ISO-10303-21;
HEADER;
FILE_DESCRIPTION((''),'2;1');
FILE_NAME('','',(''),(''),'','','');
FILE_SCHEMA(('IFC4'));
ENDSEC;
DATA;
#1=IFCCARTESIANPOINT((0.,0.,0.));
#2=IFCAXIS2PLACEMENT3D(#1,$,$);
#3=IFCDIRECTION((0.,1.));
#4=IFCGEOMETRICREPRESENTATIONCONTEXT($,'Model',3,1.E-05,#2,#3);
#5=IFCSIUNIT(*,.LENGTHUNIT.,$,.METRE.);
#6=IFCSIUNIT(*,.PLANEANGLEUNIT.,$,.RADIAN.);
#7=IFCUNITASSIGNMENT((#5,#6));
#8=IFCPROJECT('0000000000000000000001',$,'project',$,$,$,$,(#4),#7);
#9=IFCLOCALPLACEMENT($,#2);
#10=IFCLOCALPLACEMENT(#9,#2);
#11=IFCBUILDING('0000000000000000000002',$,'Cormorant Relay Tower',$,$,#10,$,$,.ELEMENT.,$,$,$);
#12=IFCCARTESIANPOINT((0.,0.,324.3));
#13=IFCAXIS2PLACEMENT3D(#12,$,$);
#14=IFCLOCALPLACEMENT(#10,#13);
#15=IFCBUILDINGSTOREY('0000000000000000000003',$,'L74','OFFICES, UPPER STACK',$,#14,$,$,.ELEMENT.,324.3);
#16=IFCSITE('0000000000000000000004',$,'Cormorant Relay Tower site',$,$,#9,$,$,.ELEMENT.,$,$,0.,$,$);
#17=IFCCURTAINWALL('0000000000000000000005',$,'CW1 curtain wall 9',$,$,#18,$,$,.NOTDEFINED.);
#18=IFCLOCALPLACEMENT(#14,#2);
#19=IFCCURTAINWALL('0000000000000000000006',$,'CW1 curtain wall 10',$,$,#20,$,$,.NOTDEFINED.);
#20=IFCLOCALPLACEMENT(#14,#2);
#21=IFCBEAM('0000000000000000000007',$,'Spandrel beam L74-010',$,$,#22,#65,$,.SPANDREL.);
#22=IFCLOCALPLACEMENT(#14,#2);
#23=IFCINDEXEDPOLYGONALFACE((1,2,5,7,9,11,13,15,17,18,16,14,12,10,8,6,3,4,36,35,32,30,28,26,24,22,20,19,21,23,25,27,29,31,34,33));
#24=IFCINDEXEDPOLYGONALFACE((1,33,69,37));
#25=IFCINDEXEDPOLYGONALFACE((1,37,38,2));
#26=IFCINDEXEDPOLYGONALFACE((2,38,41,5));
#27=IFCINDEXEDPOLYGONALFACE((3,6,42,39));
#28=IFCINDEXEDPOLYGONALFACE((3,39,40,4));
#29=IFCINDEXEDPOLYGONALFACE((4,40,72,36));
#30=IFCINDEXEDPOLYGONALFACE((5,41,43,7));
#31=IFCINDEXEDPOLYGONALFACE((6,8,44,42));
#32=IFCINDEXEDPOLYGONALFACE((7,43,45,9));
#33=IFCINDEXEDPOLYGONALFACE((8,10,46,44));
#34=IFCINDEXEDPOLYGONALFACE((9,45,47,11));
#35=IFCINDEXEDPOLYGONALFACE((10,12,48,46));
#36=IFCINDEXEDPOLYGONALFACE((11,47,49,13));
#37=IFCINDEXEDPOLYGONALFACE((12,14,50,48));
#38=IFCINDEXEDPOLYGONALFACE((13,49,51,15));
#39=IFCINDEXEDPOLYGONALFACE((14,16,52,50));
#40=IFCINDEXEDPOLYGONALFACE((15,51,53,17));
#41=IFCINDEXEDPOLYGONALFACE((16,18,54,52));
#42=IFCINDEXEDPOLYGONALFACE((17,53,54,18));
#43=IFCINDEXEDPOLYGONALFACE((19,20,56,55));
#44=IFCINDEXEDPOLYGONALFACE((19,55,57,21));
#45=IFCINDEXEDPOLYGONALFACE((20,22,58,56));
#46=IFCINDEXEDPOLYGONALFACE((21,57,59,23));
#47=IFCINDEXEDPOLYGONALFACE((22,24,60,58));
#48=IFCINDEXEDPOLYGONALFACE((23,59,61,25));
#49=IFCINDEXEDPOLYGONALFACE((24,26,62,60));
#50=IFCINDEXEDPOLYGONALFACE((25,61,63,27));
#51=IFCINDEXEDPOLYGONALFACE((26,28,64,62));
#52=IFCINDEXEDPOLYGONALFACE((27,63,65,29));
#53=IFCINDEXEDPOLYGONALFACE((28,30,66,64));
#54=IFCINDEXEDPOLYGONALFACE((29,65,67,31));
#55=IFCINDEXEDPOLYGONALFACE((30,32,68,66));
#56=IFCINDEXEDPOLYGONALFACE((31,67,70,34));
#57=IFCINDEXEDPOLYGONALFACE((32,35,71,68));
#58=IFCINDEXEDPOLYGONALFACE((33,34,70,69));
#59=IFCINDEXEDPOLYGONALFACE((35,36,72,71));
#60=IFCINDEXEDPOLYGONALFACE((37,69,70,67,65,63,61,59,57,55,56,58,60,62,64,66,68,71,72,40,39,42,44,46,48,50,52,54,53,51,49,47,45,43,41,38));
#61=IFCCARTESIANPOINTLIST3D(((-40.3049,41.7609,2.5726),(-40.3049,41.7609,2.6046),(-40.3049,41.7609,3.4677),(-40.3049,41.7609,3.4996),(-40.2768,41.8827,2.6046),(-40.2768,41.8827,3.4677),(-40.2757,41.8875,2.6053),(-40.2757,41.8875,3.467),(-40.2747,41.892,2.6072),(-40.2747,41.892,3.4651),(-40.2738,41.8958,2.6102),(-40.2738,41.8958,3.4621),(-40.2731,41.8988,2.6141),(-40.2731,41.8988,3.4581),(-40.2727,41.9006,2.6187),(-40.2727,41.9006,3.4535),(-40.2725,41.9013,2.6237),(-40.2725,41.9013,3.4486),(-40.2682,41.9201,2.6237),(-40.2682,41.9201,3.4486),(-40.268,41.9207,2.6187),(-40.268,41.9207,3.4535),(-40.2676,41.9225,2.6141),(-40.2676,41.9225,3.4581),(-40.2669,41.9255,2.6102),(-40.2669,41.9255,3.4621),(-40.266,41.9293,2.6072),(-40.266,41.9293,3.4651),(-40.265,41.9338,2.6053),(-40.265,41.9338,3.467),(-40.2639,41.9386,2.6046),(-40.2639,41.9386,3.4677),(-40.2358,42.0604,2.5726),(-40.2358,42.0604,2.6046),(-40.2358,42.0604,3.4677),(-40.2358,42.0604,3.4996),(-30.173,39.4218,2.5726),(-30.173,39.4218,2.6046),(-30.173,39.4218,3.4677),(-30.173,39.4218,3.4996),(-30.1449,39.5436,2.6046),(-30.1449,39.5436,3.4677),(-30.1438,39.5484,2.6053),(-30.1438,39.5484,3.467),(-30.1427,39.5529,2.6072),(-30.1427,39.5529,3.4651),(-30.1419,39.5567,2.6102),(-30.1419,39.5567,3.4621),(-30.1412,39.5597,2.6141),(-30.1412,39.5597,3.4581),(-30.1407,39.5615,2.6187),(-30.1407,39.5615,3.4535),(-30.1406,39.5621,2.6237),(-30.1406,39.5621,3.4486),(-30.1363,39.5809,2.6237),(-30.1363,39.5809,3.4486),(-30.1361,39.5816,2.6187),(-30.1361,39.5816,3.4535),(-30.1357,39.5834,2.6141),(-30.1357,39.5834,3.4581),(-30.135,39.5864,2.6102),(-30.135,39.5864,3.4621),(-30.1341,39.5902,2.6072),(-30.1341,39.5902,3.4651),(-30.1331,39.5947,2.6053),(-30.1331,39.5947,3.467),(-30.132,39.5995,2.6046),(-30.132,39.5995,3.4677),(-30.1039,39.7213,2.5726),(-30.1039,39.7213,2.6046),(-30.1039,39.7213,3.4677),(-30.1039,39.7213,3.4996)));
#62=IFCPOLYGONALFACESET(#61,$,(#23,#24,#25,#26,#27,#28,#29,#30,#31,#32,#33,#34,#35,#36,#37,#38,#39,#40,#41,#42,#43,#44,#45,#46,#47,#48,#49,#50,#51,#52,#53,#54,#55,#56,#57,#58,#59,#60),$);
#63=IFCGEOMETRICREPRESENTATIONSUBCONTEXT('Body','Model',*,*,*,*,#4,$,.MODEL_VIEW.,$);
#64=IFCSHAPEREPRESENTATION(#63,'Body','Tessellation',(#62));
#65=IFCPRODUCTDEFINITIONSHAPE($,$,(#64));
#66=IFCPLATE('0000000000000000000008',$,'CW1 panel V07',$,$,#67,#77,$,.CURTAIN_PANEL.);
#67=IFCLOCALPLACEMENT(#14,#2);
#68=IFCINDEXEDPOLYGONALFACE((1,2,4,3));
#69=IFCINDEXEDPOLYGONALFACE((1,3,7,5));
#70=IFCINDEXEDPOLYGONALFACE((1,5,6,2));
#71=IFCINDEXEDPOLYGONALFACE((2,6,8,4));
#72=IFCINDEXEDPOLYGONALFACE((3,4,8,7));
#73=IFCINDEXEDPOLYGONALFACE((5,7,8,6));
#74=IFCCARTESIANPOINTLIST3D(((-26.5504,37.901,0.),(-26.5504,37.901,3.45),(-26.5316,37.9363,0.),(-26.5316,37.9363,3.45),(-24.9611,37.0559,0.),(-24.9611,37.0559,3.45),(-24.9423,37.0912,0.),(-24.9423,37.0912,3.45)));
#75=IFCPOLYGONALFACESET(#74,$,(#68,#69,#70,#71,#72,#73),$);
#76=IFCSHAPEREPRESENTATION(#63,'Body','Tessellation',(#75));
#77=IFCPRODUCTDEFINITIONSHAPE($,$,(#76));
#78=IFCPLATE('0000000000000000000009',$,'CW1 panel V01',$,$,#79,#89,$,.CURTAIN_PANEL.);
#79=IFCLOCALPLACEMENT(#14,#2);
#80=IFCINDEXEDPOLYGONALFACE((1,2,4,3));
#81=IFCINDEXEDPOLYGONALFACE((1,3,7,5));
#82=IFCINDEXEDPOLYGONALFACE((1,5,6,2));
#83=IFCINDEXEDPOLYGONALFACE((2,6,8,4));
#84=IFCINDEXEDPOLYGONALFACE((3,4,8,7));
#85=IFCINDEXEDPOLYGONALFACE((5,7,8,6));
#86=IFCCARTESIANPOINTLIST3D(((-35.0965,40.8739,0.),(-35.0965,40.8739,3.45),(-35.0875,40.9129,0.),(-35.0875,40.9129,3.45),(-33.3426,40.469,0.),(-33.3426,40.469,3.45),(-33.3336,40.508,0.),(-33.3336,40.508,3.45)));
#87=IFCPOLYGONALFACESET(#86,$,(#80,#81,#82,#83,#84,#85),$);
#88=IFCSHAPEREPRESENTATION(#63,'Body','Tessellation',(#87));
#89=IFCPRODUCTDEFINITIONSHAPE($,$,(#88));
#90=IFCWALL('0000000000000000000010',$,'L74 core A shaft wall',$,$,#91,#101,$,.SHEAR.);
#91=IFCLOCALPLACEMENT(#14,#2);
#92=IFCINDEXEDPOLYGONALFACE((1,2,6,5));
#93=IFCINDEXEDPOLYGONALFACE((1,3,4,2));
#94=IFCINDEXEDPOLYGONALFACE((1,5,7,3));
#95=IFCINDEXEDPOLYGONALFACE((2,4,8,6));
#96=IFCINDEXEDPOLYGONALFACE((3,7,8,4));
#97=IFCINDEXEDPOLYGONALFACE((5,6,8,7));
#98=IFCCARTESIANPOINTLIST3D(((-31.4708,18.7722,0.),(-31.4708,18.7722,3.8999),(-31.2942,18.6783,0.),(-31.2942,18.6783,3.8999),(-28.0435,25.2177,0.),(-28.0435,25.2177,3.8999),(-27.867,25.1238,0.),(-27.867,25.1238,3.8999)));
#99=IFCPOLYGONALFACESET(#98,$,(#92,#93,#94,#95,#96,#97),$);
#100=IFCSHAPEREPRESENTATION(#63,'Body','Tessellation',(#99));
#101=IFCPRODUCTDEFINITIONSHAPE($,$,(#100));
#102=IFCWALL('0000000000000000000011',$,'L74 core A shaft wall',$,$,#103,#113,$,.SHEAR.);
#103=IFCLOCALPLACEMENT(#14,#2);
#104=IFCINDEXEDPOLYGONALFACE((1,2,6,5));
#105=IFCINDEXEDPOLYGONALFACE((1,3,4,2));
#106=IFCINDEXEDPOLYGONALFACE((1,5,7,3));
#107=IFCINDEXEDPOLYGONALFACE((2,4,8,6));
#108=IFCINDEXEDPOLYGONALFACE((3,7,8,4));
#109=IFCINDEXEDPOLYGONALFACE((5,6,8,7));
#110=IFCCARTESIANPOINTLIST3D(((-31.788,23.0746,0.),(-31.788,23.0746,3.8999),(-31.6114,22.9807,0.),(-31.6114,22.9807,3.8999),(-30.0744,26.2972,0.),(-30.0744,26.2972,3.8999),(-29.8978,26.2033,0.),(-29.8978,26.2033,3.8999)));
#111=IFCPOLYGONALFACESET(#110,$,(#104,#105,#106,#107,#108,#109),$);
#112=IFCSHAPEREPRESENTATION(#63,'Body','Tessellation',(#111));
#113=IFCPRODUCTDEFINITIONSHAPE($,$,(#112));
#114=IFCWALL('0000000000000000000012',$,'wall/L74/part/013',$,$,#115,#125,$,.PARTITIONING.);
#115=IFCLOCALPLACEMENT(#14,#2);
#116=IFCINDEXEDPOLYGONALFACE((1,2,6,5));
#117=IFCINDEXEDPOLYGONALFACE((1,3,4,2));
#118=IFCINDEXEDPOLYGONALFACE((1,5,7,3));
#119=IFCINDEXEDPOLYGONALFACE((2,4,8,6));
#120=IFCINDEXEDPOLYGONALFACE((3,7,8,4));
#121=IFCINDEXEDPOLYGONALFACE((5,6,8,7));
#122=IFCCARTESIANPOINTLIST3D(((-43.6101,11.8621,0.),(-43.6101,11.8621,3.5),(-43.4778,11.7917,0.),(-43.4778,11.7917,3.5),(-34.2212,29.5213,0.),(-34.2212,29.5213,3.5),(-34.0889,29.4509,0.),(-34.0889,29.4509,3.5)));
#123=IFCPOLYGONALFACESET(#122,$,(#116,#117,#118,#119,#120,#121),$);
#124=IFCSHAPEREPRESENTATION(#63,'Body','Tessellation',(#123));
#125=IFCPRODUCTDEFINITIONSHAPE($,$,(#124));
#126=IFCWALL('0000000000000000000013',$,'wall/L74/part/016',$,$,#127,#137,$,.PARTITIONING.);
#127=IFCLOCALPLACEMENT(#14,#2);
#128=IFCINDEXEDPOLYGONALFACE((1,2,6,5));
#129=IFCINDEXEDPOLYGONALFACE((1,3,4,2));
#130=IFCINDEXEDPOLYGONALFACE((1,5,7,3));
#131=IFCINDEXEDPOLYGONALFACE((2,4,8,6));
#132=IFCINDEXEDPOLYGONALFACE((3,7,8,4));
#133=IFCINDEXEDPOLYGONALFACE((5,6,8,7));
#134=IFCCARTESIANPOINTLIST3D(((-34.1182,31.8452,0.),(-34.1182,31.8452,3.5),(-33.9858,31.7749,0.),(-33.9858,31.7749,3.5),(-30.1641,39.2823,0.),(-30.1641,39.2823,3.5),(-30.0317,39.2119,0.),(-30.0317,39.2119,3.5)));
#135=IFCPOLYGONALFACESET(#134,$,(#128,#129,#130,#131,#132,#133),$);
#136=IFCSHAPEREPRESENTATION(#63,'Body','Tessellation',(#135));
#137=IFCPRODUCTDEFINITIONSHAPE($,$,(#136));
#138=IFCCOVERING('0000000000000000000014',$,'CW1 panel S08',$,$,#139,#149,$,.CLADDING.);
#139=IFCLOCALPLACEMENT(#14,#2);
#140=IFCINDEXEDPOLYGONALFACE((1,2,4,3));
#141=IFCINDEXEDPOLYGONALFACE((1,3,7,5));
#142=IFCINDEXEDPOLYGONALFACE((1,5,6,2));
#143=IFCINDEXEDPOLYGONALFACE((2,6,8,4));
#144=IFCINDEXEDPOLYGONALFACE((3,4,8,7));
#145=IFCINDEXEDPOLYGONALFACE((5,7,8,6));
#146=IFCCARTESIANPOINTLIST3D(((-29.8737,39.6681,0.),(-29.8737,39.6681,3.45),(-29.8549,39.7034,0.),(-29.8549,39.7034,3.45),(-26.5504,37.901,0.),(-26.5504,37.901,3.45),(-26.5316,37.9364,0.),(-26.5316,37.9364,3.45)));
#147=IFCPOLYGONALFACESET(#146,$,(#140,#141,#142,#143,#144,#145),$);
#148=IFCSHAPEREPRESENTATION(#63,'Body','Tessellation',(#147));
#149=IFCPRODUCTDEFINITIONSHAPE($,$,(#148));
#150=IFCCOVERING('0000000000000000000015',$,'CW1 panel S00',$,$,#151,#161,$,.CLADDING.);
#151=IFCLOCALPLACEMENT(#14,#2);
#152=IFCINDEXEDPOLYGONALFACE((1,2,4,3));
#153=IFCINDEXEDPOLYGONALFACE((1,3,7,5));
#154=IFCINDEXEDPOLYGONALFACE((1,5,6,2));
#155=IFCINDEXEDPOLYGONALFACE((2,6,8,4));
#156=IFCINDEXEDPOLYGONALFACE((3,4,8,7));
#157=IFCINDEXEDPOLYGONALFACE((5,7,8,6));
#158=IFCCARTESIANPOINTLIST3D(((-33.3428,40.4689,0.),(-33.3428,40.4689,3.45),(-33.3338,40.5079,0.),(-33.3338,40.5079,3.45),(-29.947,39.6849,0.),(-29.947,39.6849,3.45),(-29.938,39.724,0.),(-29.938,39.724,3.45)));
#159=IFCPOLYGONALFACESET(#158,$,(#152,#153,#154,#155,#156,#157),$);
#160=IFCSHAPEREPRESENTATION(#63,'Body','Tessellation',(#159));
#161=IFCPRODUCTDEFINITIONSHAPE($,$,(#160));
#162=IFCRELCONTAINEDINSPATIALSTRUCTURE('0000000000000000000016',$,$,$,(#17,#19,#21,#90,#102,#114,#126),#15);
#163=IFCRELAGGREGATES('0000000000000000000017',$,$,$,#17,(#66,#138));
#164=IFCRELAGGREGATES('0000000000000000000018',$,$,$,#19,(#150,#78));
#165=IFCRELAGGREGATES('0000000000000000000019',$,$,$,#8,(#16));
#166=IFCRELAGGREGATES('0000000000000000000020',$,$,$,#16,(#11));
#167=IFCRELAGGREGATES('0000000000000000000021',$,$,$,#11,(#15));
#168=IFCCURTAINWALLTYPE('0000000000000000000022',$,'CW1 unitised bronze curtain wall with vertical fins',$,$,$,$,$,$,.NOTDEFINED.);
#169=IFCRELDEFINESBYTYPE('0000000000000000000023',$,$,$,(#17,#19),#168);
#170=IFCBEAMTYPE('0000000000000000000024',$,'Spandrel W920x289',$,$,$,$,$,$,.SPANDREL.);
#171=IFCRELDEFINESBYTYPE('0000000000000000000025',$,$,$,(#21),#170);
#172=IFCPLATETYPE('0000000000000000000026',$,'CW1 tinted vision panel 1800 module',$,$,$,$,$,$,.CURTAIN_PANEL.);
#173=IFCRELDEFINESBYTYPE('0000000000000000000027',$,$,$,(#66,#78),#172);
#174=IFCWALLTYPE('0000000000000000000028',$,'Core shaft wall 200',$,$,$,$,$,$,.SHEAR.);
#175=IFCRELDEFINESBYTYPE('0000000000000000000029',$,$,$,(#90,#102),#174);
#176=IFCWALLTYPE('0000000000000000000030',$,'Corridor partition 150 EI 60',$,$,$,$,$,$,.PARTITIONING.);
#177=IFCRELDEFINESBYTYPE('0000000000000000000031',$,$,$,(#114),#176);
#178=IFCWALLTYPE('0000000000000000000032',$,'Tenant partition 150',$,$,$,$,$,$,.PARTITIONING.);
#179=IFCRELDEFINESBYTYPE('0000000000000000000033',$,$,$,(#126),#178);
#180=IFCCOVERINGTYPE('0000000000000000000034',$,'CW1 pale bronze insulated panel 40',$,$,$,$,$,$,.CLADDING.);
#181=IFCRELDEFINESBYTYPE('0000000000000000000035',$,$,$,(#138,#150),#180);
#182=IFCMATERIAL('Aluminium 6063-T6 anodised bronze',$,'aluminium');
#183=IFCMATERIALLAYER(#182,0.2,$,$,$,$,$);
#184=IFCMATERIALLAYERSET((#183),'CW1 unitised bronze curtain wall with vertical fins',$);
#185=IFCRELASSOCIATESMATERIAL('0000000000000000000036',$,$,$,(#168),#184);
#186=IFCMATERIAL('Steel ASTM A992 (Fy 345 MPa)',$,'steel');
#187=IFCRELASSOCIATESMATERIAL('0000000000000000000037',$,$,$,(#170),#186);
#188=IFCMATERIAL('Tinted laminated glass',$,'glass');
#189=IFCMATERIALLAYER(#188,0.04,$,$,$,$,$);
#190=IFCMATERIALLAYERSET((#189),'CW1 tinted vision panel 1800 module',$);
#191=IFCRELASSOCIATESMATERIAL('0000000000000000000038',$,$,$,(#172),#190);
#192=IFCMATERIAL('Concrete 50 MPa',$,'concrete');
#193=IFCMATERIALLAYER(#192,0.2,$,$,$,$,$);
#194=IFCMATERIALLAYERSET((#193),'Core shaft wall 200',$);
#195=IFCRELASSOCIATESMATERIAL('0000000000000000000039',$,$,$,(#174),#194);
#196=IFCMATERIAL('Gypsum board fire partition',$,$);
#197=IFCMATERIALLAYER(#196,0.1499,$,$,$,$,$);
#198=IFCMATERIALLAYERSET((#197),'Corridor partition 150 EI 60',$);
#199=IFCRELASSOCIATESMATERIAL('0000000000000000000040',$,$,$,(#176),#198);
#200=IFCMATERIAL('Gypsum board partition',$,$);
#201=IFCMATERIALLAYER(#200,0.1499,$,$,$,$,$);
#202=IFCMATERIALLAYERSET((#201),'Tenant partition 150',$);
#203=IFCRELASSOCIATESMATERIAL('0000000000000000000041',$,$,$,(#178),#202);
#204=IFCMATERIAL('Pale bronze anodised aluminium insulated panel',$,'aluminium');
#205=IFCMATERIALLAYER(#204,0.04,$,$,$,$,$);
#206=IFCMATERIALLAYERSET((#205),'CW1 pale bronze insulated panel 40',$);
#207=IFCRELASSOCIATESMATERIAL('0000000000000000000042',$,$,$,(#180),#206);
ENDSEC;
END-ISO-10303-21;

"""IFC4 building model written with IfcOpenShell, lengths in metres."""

from ifc_helpers import new_model, si_unit, direction, frame, frame_2d, origin, origin_2d, place, context, subcontext, project, spatial, rectangle, i_section, extrude, material, layer, layer_set, material_profile, profile_set, type_object, element, aggregate, save


model = new_model("IFC4")

# Units and contexts
model_context = context("Model", 3, precision=1e-05, world=origin(), true_north=direction((0.0, 1.0)))
body_context = subcontext(model_context, "Body", "Model", "MODEL_VIEW")
ifc_project = project(units=[si_unit("LENGTHUNIT", "METRE"), si_unit("PLANEANGLEUNIT", "RADIAN")], contexts=[model_context])

# Site, building, storey
site_placement = place(None, origin())
site = spatial("IfcSite", under=ifc_project, at=site_placement, Name="Cormorant Relay Tower site", CompositionType="ELEMENT", RefElevation=0.0)
building_placement = place(site_placement, origin())
building = spatial("IfcBuilding", under=site, at=building_placement, Name="Cormorant Relay Tower", CompositionType="ELEMENT")
storey_placement = place(building_placement, frame((0.0, 0.0, 324.3)))
storey = spatial("IfcBuildingStorey", under=building, at=storey_placement, Name="L74", Description="OFFICES, UPPER STACK", CompositionType="ELEMENT", Elevation=324.3)

# Curtain wall
ifc_material_1 = material(Name="Aluminium 6063-T6 anodised bronze", Category="aluminium")
ifc_layer_1 = layer(ifc_material_1, 0.2)
ifc_layer_set_1 = layer_set([ifc_layer_1], Name="CW1 unitised bronze curtain wall with vertical fins")
curtain_wall_type = type_object("IfcCurtainWallType", Name="CW1 unitised bronze curtain wall with vertical fins", PredefinedType="NOTDEFINED", material=ifc_layer_set_1)
curtain_wall_1_placement = place(storey_placement, origin())
curtain_wall_1 = element("IfcCurtainWall", 1, at=curtain_wall_1_placement, inside=storey, type_object=curtain_wall_type, Name="CW1 curtain wall 9", PredefinedType="NOTDEFINED")

# Curtain wall
curtain_wall_2_placement = place(storey_placement, origin())
curtain_wall_2 = element("IfcCurtainWall", 2, at=curtain_wall_2_placement, inside=storey, type_object=curtain_wall_type, Name="CW1 curtain wall 10", PredefinedType="NOTDEFINED")

# Beam
ifc_material_2 = material(Name="Steel ASTM A992 (Fy 345 MPa)", Category="steel")
ifc_material_profile_1 = material_profile(ifc_material_2, i_section(OverallWidth=0.3074, OverallDepth=0.927, WebThickness=0.0193, FlangeThickness=0.032, FilletRadius=0.019, at=origin_2d()), Name="W920x289")
ifc_profile_set_1 = profile_set([ifc_material_profile_1], Name="Steel ASTM A992 (Fy 345 MPa)")
beam_type = type_object("IfcBeamType", Name="Spandrel W920x289", PredefinedType="SPANDREL", material=ifc_profile_set_1)
beam_placement = place(storey_placement, frame((-30.1384, 39.5715, 3.0361), z_axis=(-0.97437, 0.22495, 0.0), x_axis=(-0.22495, -0.97437, 0.0)))
element("IfcBeam", 3, at=beam_placement, inside=storey, type_object=beam_type, Name="Spandrel beam L74-010", PredefinedType="SPANDREL", context=body_context, shape_type="SweptSolid", body=[
    extrude(i_section(OverallWidth=0.3074, OverallDepth=0.927, WebThickness=0.0193, FlangeThickness=0.032, FilletRadius=0.019, at=origin_2d()), origin(), (0.0, 0.0, 1.0), 10.3984),
])

# Plates
ifc_material_3 = material(Name="Tinted laminated glass", Category="glass")
ifc_layer_2 = layer(ifc_material_3, 0.04)
ifc_layer_set_2 = layer_set([ifc_layer_2], Name="CW1 tinted vision panel 1800 module")
plate_type = type_object("IfcPlateType", Name="CW1 tinted vision panel 1800 module", PredefinedType="CURTAIN_PANEL", material=ifc_layer_set_2)
plate_1_placement = place(storey_placement, frame((-25.7463, 37.4961, 0.0), z_axis=(0.0, 0.0, 1.0), x_axis=(-0.882948, 0.469472, 0.0)))
plate_1 = element("IfcPlate", 4, at=plate_1_placement, type_object=plate_type, Name="CW1 panel V07", PredefinedType="CURTAIN_PANEL", context=body_context, shape_type="SweptSolid", body=[
    extrude(rectangle(XDim=1.8, YDim=0.04, at=origin_2d()), origin(), (0.0, 0.0, 1.0), 3.45),
])
plate_2_placement = place(storey_placement, frame((-34.2151, 40.6909, 0.0), z_axis=(0.0, 0.0, 1.0), x_axis=(-0.97437, 0.224951, 0.0)))
plate_2 = element("IfcPlate", 5, at=plate_2_placement, type_object=plate_type, Name="CW1 panel V01", PredefinedType="CURTAIN_PANEL", context=body_context, shape_type="SweptSolid", body=[
    extrude(rectangle(XDim=1.8, YDim=0.04, at=origin_2d()), origin(), (0.0, 0.0, 1.0), 3.45),
])

# Walls
ifc_material_4 = material(Name="Concrete 50 MPa", Category="concrete")
ifc_layer_3 = layer(ifc_material_4, 0.2)
ifc_layer_set_3 = layer_set([ifc_layer_3], Name="Core shaft wall 200")
wall_type_1 = type_object("IfcWallType", Name="Core shaft wall 200", PredefinedType="SHEAR", material=ifc_layer_set_3)
wall_1_placement = place(storey_placement, frame((-27.9553, 25.1707, 0.0), z_axis=(0.0, 0.0, 1.0), x_axis=(-0.46948, -0.882943, 0.0)))
element("IfcWall", 6, at=wall_1_placement, inside=storey, type_object=wall_type_1, Name="L74 core A shaft wall", PredefinedType="SHEAR", context=body_context, shape_type="SweptSolid", body=[
    extrude(rectangle(XDim=7.3, YDim=0.2, at=frame_2d((3.6499, 0.0))), origin(), (0.0, 0.0, 1.0), 3.8999),
])
wall_2_placement = place(storey_placement, frame((-29.9861, 26.2502, 0.0), z_axis=(0.0, 0.0, 1.0), x_axis=(-0.469494, -0.882936, 0.0)))
element("IfcWall", 7, at=wall_2_placement, inside=storey, type_object=wall_type_1, Name="L74 core A shaft wall", PredefinedType="SHEAR", context=body_context, shape_type="SweptSolid", body=[
    extrude(rectangle(XDim=3.6499, YDim=0.2, at=frame_2d((1.825, 0.0))), origin(), (0.0, 0.0, 1.0), 3.8999),
])

# Walls
ifc_material_5 = material(Name="Gypsum board fire partition")
ifc_layer_4 = layer(ifc_material_5, 0.1499)
ifc_layer_set_4 = layer_set([ifc_layer_4], Name="Corridor partition 150 EI 60")
wall_type_2 = type_object("IfcWallType", Name="Corridor partition 150 EI 60", PredefinedType="PARTITIONING", material=ifc_layer_set_4)
wall_3_placement = place(storey_placement, frame((-34.155, 29.4861, 0.0), z_axis=(0.0, 0.0, 1.0), x_axis=(-0.469447, -0.882961, 0.0)))
element("IfcWall", 8, at=wall_3_placement, inside=storey, type_object=wall_type_2, Name="wall/L74/part/013", PredefinedType="PARTITIONING", context=body_context, shape_type="SweptSolid", body=[
    extrude(rectangle(XDim=20.0, YDim=0.1499, at=frame_2d((10.0, 0.0))), origin(), (0.0, 0.0, 1.0), 3.5),
])
ifc_material_6 = material(Name="Gypsum board partition")
ifc_layer_5 = layer(ifc_material_6, 0.1499)
ifc_layer_set_5 = layer_set([ifc_layer_5], Name="Tenant partition 150")
wall_type_3 = type_object("IfcWallType", Name="Tenant partition 150", PredefinedType="PARTITIONING", material=ifc_layer_set_5)
wall_4_placement = place(storey_placement, frame((-30.0979, 39.2471, 0.0), z_axis=(0.0, 0.0, 1.0), x_axis=(-0.46945, -0.882959, 0.0)))
element("IfcWall", 9, at=wall_4_placement, inside=storey, type_object=wall_type_3, Name="wall/L74/part/016", PredefinedType="PARTITIONING", context=body_context, shape_type="SweptSolid", body=[
    extrude(rectangle(XDim=8.4229, YDim=0.1499, at=frame_2d((4.2114, 0.0))), origin(), (0.0, 0.0, 1.0), 3.5),
])

# Coverings
ifc_material_7 = material(Name="Pale bronze anodised aluminium insulated panel", Category="aluminium")
ifc_layer_6 = layer(ifc_material_7, 0.04)
ifc_layer_set_6 = layer_set([ifc_layer_6], Name="CW1 pale bronze insulated panel 40")
covering_type = type_object("IfcCoveringType", Name="CW1 pale bronze insulated panel 40", PredefinedType="CLADDING", material=ifc_layer_set_6)
covering_1_placement = place(storey_placement, frame((-28.2026, 38.8022, 0.0), z_axis=(0.0, 0.0, 1.0), x_axis=(-0.882948, 0.469472, 0.0)))
covering_1 = element("IfcCovering", 10, at=covering_1_placement, type_object=covering_type, Name="CW1 panel S08", PredefinedType="CLADDING", context=body_context, shape_type="SweptSolid", body=[
    extrude(rectangle(XDim=3.7639, YDim=0.04, at=origin_2d()), origin(), (0.0, 0.0, 1.0), 3.45),
])
aggregate(curtain_wall_1, [plate_1, covering_1])
covering_2_placement = place(storey_placement, frame((-31.6404, 40.0964, 0.0), z_axis=(0.0, 0.0, 1.0), x_axis=(-0.97437, 0.224951, 0.0)))
covering_2 = element("IfcCovering", 11, at=covering_2_placement, type_object=covering_type, Name="CW1 panel S00", PredefinedType="CLADDING", context=body_context, shape_type="SweptSolid", body=[
    extrude(rectangle(XDim=3.4851, YDim=0.04, at=origin_2d()), origin(), (0.0, 0.0, 1.0), 3.45),
])
aggregate(curtain_wall_2, [covering_2, plate_2])

save(model, "model.ifc")
